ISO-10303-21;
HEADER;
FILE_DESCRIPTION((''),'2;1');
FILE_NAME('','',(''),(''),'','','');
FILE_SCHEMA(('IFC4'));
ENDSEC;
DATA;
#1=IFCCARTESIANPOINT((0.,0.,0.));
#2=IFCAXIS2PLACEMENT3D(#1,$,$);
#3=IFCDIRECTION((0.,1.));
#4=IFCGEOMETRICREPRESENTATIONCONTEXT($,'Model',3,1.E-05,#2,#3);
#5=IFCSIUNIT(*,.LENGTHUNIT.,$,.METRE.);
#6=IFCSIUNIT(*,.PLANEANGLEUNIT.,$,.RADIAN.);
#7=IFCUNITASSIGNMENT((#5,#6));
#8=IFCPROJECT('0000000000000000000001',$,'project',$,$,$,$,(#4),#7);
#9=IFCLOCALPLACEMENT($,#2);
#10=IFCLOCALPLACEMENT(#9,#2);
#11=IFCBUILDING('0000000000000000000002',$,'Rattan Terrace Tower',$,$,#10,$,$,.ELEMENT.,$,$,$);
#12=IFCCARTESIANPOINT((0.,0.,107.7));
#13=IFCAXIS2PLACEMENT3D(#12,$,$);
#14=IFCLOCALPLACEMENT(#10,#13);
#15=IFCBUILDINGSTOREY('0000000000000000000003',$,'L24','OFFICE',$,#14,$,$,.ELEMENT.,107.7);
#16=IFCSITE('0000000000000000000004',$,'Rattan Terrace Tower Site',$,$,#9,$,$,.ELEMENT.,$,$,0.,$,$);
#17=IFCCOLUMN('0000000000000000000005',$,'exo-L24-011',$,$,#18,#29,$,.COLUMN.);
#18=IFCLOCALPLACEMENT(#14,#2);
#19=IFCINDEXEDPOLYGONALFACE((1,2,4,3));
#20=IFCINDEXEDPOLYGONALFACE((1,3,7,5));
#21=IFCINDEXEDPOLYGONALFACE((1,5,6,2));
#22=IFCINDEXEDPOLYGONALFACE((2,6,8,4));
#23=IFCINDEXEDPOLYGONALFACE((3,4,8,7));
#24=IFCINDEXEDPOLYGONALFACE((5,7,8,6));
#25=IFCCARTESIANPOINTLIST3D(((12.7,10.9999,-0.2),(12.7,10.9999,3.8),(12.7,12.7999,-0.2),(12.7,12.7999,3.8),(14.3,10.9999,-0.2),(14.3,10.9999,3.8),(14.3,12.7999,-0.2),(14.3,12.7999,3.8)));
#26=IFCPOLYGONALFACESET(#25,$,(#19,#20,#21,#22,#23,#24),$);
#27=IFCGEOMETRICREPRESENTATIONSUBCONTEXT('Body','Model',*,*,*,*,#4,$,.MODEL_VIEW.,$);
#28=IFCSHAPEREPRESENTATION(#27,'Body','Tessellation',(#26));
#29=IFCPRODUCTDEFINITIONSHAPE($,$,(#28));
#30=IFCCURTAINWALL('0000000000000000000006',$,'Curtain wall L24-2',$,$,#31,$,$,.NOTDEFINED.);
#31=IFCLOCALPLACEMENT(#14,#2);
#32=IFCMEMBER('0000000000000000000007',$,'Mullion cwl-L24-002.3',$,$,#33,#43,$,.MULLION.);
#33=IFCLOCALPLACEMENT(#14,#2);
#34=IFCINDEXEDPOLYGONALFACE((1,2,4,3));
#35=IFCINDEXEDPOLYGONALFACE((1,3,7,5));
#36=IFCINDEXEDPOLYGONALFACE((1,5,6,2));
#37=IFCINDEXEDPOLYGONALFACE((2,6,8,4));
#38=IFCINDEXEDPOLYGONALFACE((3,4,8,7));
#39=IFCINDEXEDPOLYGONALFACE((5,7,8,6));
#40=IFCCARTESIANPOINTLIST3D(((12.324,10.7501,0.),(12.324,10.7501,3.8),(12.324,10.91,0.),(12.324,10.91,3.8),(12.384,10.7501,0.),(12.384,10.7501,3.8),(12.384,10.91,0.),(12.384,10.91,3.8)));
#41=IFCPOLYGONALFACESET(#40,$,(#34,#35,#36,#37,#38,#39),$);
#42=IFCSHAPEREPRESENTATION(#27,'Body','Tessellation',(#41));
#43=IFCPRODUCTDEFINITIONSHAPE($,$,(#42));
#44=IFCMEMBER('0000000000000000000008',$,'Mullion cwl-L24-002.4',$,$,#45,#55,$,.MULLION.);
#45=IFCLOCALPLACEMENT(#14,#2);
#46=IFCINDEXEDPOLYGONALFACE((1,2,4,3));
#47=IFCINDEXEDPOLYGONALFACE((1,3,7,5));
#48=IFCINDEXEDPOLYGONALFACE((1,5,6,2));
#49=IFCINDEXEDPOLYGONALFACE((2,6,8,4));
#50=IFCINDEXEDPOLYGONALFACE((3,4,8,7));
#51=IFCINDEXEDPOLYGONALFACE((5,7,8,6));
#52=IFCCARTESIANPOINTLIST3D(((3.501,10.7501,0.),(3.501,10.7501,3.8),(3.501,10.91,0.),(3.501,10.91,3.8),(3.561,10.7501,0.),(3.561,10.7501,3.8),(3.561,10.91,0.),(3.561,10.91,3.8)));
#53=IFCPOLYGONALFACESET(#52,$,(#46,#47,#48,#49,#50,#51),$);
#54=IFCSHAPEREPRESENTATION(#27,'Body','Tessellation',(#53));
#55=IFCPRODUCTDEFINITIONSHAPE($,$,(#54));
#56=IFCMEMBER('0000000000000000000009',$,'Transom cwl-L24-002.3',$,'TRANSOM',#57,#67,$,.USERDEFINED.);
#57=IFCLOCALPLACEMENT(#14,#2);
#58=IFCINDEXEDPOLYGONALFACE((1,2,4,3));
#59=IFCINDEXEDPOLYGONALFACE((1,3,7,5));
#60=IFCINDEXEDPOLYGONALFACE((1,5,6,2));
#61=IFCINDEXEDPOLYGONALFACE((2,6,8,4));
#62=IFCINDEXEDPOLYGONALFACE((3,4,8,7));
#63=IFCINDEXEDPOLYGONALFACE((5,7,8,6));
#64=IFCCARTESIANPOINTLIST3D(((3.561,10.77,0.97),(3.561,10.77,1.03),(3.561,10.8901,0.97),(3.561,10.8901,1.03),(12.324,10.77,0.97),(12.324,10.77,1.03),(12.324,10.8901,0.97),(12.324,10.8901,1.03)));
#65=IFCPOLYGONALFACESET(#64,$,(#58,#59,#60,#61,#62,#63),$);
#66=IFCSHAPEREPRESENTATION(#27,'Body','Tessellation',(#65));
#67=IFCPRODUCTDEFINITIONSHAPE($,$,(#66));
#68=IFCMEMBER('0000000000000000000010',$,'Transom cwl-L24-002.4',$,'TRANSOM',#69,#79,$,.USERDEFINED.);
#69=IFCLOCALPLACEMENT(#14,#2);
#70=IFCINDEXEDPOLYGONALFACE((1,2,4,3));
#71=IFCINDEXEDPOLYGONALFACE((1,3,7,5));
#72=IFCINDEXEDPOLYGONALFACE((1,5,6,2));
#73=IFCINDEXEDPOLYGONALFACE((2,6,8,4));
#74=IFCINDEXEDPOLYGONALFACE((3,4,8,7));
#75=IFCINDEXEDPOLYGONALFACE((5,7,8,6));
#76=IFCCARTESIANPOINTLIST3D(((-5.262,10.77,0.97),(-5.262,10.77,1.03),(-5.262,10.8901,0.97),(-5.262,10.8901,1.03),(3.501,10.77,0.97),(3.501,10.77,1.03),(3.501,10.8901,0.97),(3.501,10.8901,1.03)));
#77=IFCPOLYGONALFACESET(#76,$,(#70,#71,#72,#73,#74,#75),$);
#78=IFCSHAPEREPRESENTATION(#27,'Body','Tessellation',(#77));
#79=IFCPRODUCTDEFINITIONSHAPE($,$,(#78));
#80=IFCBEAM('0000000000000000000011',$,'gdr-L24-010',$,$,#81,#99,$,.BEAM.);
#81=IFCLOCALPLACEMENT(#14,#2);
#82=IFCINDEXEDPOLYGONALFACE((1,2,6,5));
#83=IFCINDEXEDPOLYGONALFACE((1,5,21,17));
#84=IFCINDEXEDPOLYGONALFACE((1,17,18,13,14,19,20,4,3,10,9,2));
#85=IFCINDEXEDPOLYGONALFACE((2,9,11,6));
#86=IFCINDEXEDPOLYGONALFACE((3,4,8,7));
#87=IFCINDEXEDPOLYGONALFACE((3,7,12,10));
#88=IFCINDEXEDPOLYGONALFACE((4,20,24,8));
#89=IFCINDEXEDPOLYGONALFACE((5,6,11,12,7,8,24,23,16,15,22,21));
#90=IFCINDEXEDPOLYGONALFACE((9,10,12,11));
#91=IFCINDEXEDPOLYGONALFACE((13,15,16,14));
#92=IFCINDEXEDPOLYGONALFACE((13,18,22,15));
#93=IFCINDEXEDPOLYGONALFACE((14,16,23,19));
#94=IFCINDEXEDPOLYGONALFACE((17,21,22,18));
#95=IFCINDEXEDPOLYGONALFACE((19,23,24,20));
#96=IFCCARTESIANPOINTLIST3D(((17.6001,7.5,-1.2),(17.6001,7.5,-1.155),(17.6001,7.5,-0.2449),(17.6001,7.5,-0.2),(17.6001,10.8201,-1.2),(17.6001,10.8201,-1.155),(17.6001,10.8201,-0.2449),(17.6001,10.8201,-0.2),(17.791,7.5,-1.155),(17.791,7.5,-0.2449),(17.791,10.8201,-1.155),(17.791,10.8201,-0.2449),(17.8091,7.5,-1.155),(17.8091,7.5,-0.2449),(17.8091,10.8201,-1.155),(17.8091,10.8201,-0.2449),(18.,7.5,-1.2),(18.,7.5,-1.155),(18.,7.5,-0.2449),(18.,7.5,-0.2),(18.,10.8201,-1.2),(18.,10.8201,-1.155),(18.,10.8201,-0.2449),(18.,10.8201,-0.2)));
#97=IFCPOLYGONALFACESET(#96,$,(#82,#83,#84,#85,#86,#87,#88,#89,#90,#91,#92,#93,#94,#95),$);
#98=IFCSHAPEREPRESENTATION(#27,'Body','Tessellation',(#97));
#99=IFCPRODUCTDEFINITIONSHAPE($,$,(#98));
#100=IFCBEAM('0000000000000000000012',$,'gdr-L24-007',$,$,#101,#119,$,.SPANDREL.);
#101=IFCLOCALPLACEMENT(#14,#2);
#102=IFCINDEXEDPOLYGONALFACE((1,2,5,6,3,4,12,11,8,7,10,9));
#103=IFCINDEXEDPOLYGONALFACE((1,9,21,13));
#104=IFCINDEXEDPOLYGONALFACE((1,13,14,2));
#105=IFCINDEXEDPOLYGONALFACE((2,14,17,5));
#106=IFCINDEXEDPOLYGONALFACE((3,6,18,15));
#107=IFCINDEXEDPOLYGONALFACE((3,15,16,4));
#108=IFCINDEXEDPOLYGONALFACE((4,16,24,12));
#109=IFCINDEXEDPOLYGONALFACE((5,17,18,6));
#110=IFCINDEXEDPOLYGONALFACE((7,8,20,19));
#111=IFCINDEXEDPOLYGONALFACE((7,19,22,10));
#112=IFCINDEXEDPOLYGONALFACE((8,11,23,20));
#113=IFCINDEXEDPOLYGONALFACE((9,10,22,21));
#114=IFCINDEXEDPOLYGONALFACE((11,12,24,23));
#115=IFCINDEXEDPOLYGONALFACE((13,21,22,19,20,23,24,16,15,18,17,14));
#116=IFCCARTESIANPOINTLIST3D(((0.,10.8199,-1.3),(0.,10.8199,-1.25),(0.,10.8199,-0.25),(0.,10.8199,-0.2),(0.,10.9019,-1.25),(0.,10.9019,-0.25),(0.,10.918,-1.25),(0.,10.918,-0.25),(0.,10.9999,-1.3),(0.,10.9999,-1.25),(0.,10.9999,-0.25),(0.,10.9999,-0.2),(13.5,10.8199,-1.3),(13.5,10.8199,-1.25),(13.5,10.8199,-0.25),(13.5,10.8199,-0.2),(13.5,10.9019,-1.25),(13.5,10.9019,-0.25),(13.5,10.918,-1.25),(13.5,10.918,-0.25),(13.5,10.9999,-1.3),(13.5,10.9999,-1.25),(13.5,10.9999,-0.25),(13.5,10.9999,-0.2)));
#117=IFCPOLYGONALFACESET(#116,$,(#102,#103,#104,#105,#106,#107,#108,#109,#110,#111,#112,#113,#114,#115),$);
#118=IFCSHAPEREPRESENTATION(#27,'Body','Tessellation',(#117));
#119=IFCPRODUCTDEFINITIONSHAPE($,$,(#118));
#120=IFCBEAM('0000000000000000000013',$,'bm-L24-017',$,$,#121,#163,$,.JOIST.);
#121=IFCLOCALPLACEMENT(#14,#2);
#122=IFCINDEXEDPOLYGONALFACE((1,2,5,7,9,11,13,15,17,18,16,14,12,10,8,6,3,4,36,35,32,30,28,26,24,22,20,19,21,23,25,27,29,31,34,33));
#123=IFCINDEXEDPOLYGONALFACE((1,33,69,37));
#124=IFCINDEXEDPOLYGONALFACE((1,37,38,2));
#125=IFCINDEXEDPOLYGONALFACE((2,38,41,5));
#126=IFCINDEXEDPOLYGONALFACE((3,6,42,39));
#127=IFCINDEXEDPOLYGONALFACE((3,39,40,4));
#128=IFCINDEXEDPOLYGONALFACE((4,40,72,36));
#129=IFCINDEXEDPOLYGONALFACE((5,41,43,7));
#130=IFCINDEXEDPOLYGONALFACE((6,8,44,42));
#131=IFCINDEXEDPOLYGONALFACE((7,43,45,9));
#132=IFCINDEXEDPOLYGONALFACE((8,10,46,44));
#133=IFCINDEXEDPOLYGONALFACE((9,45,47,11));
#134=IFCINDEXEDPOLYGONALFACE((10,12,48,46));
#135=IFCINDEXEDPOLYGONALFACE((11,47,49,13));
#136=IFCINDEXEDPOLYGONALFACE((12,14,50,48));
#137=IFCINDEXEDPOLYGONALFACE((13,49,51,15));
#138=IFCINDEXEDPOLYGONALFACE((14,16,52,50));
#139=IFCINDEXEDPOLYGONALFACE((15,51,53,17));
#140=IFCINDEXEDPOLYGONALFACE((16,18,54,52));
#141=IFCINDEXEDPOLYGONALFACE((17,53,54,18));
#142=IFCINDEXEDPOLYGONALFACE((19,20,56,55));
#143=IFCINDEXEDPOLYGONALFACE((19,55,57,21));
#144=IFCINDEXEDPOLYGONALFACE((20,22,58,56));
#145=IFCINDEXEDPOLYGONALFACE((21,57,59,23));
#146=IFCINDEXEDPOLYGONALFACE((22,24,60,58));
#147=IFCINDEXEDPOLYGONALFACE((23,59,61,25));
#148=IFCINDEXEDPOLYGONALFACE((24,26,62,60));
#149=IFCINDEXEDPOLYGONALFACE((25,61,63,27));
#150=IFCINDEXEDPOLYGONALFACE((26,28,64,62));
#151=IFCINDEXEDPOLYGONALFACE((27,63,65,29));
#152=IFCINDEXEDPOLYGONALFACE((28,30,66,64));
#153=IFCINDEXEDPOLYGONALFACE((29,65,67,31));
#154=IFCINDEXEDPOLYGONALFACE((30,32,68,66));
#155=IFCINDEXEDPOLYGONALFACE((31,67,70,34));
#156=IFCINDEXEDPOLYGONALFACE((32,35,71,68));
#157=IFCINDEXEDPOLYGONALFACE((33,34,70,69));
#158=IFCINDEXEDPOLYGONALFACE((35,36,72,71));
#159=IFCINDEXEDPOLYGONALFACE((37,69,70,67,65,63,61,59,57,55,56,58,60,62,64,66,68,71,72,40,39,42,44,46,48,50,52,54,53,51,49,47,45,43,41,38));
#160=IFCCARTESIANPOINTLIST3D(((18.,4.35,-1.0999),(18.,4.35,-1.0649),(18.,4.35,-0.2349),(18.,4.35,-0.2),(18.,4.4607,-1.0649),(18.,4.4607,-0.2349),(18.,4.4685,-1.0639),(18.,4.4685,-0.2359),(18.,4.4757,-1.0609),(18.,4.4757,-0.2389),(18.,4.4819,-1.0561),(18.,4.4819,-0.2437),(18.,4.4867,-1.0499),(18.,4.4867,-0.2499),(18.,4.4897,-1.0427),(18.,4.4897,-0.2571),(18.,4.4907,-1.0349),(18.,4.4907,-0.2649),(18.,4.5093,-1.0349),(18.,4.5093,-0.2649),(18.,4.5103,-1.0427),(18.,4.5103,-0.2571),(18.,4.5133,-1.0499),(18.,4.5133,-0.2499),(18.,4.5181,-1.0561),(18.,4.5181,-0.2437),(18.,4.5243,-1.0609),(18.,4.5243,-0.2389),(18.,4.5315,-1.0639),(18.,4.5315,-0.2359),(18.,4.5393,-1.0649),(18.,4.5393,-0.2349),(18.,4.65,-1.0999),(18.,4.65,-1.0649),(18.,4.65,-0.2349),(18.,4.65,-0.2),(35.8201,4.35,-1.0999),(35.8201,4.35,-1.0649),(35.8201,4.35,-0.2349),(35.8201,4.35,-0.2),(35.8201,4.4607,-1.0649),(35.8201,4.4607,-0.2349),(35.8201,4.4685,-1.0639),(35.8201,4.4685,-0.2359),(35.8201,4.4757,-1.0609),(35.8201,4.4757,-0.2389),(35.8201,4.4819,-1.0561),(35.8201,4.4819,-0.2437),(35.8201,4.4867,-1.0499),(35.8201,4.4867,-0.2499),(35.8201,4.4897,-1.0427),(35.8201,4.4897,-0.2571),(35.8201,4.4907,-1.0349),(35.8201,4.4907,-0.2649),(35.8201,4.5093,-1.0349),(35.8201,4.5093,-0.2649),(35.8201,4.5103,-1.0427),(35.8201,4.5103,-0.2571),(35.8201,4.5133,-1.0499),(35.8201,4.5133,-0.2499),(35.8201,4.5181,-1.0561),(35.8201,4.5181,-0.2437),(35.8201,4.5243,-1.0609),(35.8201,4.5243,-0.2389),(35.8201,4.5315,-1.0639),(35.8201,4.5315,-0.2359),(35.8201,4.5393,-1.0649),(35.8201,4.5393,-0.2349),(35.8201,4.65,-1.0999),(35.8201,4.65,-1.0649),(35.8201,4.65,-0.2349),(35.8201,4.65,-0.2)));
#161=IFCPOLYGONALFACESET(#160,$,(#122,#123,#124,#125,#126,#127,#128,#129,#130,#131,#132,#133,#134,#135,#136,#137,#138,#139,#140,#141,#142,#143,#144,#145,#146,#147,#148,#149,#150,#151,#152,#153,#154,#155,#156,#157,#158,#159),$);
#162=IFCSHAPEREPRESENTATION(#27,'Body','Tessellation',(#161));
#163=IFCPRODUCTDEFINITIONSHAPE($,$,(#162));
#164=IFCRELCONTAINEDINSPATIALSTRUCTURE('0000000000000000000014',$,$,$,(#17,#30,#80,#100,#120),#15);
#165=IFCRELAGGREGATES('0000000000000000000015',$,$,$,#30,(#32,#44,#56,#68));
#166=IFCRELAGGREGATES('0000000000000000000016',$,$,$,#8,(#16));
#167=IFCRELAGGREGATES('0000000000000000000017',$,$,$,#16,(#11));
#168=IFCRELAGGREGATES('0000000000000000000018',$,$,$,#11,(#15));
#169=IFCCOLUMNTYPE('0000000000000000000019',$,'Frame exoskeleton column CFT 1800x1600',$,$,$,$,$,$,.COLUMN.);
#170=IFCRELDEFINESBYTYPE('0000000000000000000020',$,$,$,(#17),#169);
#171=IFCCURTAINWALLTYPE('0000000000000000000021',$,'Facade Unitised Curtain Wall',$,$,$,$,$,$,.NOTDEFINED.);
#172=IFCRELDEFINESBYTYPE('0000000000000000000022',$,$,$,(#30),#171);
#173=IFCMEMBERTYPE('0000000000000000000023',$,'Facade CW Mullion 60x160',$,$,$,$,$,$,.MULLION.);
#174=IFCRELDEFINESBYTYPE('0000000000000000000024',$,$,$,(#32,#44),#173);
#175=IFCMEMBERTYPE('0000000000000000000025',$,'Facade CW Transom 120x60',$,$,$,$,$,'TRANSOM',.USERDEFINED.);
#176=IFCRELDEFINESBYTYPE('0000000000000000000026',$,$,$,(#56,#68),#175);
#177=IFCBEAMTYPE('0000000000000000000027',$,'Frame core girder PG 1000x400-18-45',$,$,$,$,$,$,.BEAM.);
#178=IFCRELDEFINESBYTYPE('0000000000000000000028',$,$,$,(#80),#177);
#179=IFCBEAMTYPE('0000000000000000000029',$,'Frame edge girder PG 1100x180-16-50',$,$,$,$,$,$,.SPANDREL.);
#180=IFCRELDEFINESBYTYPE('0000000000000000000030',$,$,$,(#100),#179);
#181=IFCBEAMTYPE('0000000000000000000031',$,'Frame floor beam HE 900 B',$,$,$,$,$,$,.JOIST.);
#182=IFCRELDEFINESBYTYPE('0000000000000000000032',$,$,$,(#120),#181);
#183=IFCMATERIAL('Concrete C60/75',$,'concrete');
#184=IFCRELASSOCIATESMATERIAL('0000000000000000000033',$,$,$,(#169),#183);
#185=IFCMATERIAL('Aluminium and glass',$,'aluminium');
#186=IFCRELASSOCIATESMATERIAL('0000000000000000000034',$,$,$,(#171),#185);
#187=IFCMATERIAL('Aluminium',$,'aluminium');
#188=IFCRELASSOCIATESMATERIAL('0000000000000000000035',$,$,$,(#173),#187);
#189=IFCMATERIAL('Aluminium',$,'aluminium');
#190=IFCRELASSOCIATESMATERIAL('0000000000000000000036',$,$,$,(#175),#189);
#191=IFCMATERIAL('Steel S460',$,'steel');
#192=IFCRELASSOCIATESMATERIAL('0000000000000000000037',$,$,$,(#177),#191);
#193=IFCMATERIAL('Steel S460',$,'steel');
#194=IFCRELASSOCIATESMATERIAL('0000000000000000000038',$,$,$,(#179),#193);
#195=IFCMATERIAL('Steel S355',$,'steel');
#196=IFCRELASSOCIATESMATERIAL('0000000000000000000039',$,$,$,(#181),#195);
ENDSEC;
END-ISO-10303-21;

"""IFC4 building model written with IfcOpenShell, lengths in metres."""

from ifc_helpers import new_model, si_unit, direction, frame, origin, origin_2d, place, context, subcontext, project, spatial, rectangle, i_section, extrude, material, material_profile, profile_set, type_object, element, aggregate, save


model = new_model("IFC4")

# Units and contexts
model_context = context("Model", 3, precision=1e-05, world=origin(), true_north=direction((0.0, 1.0)))
body_context = subcontext(model_context, "Body", "Model", "MODEL_VIEW")
ifc_project = project(units=[si_unit("LENGTHUNIT", "METRE"), si_unit("PLANEANGLEUNIT", "RADIAN")], contexts=[model_context])

# Site, building, storey
site_placement = place(None, origin())
site = spatial("IfcSite", under=ifc_project, at=site_placement, Name="Rattan Terrace Tower Site", CompositionType="ELEMENT", RefElevation=0.0)
building_placement = place(site_placement, origin())
building = spatial("IfcBuilding", under=site, at=building_placement, Name="Rattan Terrace Tower", CompositionType="ELEMENT")
storey_placement = place(building_placement, frame((0.0, 0.0, 107.7)))
storey = spatial("IfcBuildingStorey", under=building, at=storey_placement, Name="L24", Description="OFFICE", CompositionType="ELEMENT", Elevation=107.7)

# Column
ifc_material_1 = material(Name="Concrete C60/75", Category="concrete")
ifc_material_profile_1 = material_profile(ifc_material_1, rectangle(XDim=1.6001, YDim=1.8, at=origin_2d()), Name="CFT 1800x1600")
ifc_profile_set_1 = profile_set([ifc_material_profile_1], Name="Concrete C60/75")
column_type = type_object("IfcColumnType", Name="Frame exoskeleton column CFT 1800x1600", PredefinedType="COLUMN", material=ifc_profile_set_1)
column_placement = place(storey_placement, frame((13.5, 11.8999, -0.2), z_axis=(0.0, 0.0, 1.0), x_axis=(1.0, 0.0, 0.0)))
element("IfcColumn", 1, at=column_placement, inside=storey, type_object=column_type, Name="exo-L24-011", PredefinedType="COLUMN", context=body_context, shape_type="SweptSolid", body=[
    extrude(rectangle(XDim=1.6001, YDim=1.8, at=origin_2d()), origin(), (0.0, 0.0, 1.0), 4.0),
])

# Curtain wall, members
ifc_material_2 = material(Name="Aluminium and glass", Category="aluminium")
curtain_wall_type = type_object("IfcCurtainWallType", Name="Facade Unitised Curtain Wall", PredefinedType="NOTDEFINED", material=ifc_material_2)
curtain_wall_placement = place(storey_placement, origin())
curtain_wall = element("IfcCurtainWall", 2, at=curtain_wall_placement, inside=storey, type_object=curtain_wall_type, Name="Curtain wall L24-2", PredefinedType="NOTDEFINED")
ifc_material_3 = material(Name="Aluminium", Category="aluminium")
ifc_material_profile_2 = material_profile(ifc_material_3, rectangle(XDim=0.0601, YDim=0.1599, at=origin_2d()), Name="Aluminium 60x160")
ifc_profile_set_2 = profile_set([ifc_material_profile_2], Name="Aluminium")
member_type_1 = type_object("IfcMemberType", Name="Facade CW Mullion 60x160", PredefinedType="MULLION", material=ifc_profile_set_2)
member_1_placement = place(storey_placement, frame((12.354, 10.8301, 0.0), z_axis=(0.0, 0.0, 1.0), x_axis=(-1.0, 0.0, 0.0)))
member_1 = element("IfcMember", 3, at=member_1_placement, type_object=member_type_1, Name="Mullion cwl-L24-002.3", PredefinedType="MULLION", context=body_context, shape_type="SweptSolid", body=[
    extrude(rectangle(XDim=0.0601, YDim=0.1599, at=origin_2d()), origin(), (0.0, 0.0, 1.0), 3.8),
])
member_2_placement = place(storey_placement, frame((3.531, 10.8301, 0.0), z_axis=(0.0, 0.0, 1.0), x_axis=(-1.0, 0.0, 0.0)))
member_2 = element("IfcMember", 4, at=member_2_placement, type_object=member_type_1, Name="Mullion cwl-L24-002.4", PredefinedType="MULLION", context=body_context, shape_type="SweptSolid", body=[
    extrude(rectangle(XDim=0.0601, YDim=0.1599, at=origin_2d()), origin(), (0.0, 0.0, 1.0), 3.8),
])
ifc_material_4 = material(Name="Aluminium", Category="aluminium")
ifc_material_profile_3 = material_profile(ifc_material_4, rectangle(XDim=0.1201, YDim=0.0601, at=origin_2d()), Name="Aluminium 120x60")
ifc_profile_set_3 = profile_set([ifc_material_profile_3], Name="Aluminium")
member_type_2 = type_object("IfcMemberType", Name="Facade CW Transom 120x60", ElementType="TRANSOM", PredefinedType="USERDEFINED", material=ifc_profile_set_3)
member_3_placement = place(storey_placement, frame((12.324, 10.8301, 1.0), z_axis=(-1.0, 0.0, 0.0), x_axis=(0.0, -1.0, 0.0)))
member_3 = element("IfcMember", 5, at=member_3_placement, type_object=member_type_2, Name="Transom cwl-L24-002.3", ObjectType="TRANSOM", PredefinedType="USERDEFINED", context=body_context, shape_type="SweptSolid", body=[
    extrude(rectangle(XDim=0.1201, YDim=0.0601, at=origin_2d()), origin(), (0.0, 0.0, 1.0), 8.7629),
])
member_4_placement = place(storey_placement, frame((3.501, 10.8301, 1.0), z_axis=(-1.0, 0.0, 0.0), x_axis=(0.0, -1.0, 0.0)))
member_4 = element("IfcMember", 6, at=member_4_placement, type_object=member_type_2, Name="Transom cwl-L24-002.4", ObjectType="TRANSOM", PredefinedType="USERDEFINED", context=body_context, shape_type="SweptSolid", body=[
    extrude(rectangle(XDim=0.1201, YDim=0.0601, at=origin_2d()), origin(), (0.0, 0.0, 1.0), 8.7629),
])

# Beams
ifc_material_5 = material(Name="Steel S460", Category="steel")
ifc_material_profile_4 = material_profile(ifc_material_5, i_section(OverallWidth=0.3999, OverallDepth=1.0, WebThickness=0.0181, FlangeThickness=0.0449, at=origin_2d()), Name="PG 1000x400-18-45")
ifc_profile_set_4 = profile_set([ifc_material_profile_4], Name="Steel S460")
beam_type_1 = type_object("IfcBeamType", Name="Frame core girder PG 1000x400-18-45", PredefinedType="BEAM", material=ifc_profile_set_4)
beam_1_placement = place(storey_placement, frame((17.8, 7.5, -0.7), z_axis=(0.0, 1.0, 0.0), x_axis=(-1.0, 0.0, 0.0)))
element("IfcBeam", 7, at=beam_1_placement, inside=storey, type_object=beam_type_1, Name="gdr-L24-010", PredefinedType="BEAM", context=body_context, shape_type="SweptSolid", body=[
    extrude(i_section(OverallWidth=0.3999, OverallDepth=1.0, WebThickness=0.0181, FlangeThickness=0.0449, at=origin_2d()), origin(), (0.0, 0.0, 1.0), 3.3201),
])
ifc_material_6 = material(Name="Steel S460", Category="steel")
ifc_material_profile_5 = material_profile(ifc_material_6, i_section(OverallWidth=0.1799, OverallDepth=1.1001, WebThickness=0.0161, FlangeThickness=0.05, at=origin_2d()), Name="PG 1100x180-16-50")
ifc_profile_set_5 = profile_set([ifc_material_profile_5], Name="Steel S460")
beam_type_2 = type_object("IfcBeamType", Name="Frame edge girder PG 1100x180-16-50", PredefinedType="SPANDREL", material=ifc_profile_set_5)
beam_2_placement = place(storey_placement, frame((13.5, 10.9099, -0.75), z_axis=(-1.0, 0.0, 0.0), x_axis=(0.0, -1.0, 0.0)))
element("IfcBeam", 8, at=beam_2_placement, inside=storey, type_object=beam_type_2, Name="gdr-L24-007", PredefinedType="SPANDREL", context=body_context, shape_type="SweptSolid", body=[
    extrude(i_section(OverallWidth=0.1799, OverallDepth=1.1001, WebThickness=0.0161, FlangeThickness=0.05, at=origin_2d()), origin(), (0.0, 0.0, 1.0), 13.5),
])
ifc_material_7 = material(Name="Steel S355", Category="steel")
ifc_material_profile_6 = material_profile(ifc_material_7, i_section(OverallWidth=0.3, OverallDepth=0.8999, WebThickness=0.0186, FlangeThickness=0.0349, FilletRadius=0.03, at=origin_2d()), Name="HE 900 B")
ifc_profile_set_6 = profile_set([ifc_material_profile_6], Name="Steel S355")
beam_type_3 = type_object("IfcBeamType", Name="Frame floor beam HE 900 B", PredefinedType="JOIST", material=ifc_profile_set_6)
beam_3_placement = place(storey_placement, frame((18.0, 4.5, -0.6499), z_axis=(1.0, 0.0, 0.0), x_axis=(0.0, 1.0, 0.0)))
element("IfcBeam", 9, at=beam_3_placement, inside=storey, type_object=beam_type_3, Name="bm-L24-017", PredefinedType="JOIST", context=body_context, shape_type="SweptSolid", body=[
    extrude(i_section(OverallWidth=0.3, OverallDepth=0.8999, WebThickness=0.0186, FlangeThickness=0.0349, FilletRadius=0.03, at=origin_2d()), origin(), (0.0, 0.0, 1.0), 17.8201),
])

aggregate(curtain_wall, [member_1, member_2, member_3, member_4])

save(model, "model.ifc")
